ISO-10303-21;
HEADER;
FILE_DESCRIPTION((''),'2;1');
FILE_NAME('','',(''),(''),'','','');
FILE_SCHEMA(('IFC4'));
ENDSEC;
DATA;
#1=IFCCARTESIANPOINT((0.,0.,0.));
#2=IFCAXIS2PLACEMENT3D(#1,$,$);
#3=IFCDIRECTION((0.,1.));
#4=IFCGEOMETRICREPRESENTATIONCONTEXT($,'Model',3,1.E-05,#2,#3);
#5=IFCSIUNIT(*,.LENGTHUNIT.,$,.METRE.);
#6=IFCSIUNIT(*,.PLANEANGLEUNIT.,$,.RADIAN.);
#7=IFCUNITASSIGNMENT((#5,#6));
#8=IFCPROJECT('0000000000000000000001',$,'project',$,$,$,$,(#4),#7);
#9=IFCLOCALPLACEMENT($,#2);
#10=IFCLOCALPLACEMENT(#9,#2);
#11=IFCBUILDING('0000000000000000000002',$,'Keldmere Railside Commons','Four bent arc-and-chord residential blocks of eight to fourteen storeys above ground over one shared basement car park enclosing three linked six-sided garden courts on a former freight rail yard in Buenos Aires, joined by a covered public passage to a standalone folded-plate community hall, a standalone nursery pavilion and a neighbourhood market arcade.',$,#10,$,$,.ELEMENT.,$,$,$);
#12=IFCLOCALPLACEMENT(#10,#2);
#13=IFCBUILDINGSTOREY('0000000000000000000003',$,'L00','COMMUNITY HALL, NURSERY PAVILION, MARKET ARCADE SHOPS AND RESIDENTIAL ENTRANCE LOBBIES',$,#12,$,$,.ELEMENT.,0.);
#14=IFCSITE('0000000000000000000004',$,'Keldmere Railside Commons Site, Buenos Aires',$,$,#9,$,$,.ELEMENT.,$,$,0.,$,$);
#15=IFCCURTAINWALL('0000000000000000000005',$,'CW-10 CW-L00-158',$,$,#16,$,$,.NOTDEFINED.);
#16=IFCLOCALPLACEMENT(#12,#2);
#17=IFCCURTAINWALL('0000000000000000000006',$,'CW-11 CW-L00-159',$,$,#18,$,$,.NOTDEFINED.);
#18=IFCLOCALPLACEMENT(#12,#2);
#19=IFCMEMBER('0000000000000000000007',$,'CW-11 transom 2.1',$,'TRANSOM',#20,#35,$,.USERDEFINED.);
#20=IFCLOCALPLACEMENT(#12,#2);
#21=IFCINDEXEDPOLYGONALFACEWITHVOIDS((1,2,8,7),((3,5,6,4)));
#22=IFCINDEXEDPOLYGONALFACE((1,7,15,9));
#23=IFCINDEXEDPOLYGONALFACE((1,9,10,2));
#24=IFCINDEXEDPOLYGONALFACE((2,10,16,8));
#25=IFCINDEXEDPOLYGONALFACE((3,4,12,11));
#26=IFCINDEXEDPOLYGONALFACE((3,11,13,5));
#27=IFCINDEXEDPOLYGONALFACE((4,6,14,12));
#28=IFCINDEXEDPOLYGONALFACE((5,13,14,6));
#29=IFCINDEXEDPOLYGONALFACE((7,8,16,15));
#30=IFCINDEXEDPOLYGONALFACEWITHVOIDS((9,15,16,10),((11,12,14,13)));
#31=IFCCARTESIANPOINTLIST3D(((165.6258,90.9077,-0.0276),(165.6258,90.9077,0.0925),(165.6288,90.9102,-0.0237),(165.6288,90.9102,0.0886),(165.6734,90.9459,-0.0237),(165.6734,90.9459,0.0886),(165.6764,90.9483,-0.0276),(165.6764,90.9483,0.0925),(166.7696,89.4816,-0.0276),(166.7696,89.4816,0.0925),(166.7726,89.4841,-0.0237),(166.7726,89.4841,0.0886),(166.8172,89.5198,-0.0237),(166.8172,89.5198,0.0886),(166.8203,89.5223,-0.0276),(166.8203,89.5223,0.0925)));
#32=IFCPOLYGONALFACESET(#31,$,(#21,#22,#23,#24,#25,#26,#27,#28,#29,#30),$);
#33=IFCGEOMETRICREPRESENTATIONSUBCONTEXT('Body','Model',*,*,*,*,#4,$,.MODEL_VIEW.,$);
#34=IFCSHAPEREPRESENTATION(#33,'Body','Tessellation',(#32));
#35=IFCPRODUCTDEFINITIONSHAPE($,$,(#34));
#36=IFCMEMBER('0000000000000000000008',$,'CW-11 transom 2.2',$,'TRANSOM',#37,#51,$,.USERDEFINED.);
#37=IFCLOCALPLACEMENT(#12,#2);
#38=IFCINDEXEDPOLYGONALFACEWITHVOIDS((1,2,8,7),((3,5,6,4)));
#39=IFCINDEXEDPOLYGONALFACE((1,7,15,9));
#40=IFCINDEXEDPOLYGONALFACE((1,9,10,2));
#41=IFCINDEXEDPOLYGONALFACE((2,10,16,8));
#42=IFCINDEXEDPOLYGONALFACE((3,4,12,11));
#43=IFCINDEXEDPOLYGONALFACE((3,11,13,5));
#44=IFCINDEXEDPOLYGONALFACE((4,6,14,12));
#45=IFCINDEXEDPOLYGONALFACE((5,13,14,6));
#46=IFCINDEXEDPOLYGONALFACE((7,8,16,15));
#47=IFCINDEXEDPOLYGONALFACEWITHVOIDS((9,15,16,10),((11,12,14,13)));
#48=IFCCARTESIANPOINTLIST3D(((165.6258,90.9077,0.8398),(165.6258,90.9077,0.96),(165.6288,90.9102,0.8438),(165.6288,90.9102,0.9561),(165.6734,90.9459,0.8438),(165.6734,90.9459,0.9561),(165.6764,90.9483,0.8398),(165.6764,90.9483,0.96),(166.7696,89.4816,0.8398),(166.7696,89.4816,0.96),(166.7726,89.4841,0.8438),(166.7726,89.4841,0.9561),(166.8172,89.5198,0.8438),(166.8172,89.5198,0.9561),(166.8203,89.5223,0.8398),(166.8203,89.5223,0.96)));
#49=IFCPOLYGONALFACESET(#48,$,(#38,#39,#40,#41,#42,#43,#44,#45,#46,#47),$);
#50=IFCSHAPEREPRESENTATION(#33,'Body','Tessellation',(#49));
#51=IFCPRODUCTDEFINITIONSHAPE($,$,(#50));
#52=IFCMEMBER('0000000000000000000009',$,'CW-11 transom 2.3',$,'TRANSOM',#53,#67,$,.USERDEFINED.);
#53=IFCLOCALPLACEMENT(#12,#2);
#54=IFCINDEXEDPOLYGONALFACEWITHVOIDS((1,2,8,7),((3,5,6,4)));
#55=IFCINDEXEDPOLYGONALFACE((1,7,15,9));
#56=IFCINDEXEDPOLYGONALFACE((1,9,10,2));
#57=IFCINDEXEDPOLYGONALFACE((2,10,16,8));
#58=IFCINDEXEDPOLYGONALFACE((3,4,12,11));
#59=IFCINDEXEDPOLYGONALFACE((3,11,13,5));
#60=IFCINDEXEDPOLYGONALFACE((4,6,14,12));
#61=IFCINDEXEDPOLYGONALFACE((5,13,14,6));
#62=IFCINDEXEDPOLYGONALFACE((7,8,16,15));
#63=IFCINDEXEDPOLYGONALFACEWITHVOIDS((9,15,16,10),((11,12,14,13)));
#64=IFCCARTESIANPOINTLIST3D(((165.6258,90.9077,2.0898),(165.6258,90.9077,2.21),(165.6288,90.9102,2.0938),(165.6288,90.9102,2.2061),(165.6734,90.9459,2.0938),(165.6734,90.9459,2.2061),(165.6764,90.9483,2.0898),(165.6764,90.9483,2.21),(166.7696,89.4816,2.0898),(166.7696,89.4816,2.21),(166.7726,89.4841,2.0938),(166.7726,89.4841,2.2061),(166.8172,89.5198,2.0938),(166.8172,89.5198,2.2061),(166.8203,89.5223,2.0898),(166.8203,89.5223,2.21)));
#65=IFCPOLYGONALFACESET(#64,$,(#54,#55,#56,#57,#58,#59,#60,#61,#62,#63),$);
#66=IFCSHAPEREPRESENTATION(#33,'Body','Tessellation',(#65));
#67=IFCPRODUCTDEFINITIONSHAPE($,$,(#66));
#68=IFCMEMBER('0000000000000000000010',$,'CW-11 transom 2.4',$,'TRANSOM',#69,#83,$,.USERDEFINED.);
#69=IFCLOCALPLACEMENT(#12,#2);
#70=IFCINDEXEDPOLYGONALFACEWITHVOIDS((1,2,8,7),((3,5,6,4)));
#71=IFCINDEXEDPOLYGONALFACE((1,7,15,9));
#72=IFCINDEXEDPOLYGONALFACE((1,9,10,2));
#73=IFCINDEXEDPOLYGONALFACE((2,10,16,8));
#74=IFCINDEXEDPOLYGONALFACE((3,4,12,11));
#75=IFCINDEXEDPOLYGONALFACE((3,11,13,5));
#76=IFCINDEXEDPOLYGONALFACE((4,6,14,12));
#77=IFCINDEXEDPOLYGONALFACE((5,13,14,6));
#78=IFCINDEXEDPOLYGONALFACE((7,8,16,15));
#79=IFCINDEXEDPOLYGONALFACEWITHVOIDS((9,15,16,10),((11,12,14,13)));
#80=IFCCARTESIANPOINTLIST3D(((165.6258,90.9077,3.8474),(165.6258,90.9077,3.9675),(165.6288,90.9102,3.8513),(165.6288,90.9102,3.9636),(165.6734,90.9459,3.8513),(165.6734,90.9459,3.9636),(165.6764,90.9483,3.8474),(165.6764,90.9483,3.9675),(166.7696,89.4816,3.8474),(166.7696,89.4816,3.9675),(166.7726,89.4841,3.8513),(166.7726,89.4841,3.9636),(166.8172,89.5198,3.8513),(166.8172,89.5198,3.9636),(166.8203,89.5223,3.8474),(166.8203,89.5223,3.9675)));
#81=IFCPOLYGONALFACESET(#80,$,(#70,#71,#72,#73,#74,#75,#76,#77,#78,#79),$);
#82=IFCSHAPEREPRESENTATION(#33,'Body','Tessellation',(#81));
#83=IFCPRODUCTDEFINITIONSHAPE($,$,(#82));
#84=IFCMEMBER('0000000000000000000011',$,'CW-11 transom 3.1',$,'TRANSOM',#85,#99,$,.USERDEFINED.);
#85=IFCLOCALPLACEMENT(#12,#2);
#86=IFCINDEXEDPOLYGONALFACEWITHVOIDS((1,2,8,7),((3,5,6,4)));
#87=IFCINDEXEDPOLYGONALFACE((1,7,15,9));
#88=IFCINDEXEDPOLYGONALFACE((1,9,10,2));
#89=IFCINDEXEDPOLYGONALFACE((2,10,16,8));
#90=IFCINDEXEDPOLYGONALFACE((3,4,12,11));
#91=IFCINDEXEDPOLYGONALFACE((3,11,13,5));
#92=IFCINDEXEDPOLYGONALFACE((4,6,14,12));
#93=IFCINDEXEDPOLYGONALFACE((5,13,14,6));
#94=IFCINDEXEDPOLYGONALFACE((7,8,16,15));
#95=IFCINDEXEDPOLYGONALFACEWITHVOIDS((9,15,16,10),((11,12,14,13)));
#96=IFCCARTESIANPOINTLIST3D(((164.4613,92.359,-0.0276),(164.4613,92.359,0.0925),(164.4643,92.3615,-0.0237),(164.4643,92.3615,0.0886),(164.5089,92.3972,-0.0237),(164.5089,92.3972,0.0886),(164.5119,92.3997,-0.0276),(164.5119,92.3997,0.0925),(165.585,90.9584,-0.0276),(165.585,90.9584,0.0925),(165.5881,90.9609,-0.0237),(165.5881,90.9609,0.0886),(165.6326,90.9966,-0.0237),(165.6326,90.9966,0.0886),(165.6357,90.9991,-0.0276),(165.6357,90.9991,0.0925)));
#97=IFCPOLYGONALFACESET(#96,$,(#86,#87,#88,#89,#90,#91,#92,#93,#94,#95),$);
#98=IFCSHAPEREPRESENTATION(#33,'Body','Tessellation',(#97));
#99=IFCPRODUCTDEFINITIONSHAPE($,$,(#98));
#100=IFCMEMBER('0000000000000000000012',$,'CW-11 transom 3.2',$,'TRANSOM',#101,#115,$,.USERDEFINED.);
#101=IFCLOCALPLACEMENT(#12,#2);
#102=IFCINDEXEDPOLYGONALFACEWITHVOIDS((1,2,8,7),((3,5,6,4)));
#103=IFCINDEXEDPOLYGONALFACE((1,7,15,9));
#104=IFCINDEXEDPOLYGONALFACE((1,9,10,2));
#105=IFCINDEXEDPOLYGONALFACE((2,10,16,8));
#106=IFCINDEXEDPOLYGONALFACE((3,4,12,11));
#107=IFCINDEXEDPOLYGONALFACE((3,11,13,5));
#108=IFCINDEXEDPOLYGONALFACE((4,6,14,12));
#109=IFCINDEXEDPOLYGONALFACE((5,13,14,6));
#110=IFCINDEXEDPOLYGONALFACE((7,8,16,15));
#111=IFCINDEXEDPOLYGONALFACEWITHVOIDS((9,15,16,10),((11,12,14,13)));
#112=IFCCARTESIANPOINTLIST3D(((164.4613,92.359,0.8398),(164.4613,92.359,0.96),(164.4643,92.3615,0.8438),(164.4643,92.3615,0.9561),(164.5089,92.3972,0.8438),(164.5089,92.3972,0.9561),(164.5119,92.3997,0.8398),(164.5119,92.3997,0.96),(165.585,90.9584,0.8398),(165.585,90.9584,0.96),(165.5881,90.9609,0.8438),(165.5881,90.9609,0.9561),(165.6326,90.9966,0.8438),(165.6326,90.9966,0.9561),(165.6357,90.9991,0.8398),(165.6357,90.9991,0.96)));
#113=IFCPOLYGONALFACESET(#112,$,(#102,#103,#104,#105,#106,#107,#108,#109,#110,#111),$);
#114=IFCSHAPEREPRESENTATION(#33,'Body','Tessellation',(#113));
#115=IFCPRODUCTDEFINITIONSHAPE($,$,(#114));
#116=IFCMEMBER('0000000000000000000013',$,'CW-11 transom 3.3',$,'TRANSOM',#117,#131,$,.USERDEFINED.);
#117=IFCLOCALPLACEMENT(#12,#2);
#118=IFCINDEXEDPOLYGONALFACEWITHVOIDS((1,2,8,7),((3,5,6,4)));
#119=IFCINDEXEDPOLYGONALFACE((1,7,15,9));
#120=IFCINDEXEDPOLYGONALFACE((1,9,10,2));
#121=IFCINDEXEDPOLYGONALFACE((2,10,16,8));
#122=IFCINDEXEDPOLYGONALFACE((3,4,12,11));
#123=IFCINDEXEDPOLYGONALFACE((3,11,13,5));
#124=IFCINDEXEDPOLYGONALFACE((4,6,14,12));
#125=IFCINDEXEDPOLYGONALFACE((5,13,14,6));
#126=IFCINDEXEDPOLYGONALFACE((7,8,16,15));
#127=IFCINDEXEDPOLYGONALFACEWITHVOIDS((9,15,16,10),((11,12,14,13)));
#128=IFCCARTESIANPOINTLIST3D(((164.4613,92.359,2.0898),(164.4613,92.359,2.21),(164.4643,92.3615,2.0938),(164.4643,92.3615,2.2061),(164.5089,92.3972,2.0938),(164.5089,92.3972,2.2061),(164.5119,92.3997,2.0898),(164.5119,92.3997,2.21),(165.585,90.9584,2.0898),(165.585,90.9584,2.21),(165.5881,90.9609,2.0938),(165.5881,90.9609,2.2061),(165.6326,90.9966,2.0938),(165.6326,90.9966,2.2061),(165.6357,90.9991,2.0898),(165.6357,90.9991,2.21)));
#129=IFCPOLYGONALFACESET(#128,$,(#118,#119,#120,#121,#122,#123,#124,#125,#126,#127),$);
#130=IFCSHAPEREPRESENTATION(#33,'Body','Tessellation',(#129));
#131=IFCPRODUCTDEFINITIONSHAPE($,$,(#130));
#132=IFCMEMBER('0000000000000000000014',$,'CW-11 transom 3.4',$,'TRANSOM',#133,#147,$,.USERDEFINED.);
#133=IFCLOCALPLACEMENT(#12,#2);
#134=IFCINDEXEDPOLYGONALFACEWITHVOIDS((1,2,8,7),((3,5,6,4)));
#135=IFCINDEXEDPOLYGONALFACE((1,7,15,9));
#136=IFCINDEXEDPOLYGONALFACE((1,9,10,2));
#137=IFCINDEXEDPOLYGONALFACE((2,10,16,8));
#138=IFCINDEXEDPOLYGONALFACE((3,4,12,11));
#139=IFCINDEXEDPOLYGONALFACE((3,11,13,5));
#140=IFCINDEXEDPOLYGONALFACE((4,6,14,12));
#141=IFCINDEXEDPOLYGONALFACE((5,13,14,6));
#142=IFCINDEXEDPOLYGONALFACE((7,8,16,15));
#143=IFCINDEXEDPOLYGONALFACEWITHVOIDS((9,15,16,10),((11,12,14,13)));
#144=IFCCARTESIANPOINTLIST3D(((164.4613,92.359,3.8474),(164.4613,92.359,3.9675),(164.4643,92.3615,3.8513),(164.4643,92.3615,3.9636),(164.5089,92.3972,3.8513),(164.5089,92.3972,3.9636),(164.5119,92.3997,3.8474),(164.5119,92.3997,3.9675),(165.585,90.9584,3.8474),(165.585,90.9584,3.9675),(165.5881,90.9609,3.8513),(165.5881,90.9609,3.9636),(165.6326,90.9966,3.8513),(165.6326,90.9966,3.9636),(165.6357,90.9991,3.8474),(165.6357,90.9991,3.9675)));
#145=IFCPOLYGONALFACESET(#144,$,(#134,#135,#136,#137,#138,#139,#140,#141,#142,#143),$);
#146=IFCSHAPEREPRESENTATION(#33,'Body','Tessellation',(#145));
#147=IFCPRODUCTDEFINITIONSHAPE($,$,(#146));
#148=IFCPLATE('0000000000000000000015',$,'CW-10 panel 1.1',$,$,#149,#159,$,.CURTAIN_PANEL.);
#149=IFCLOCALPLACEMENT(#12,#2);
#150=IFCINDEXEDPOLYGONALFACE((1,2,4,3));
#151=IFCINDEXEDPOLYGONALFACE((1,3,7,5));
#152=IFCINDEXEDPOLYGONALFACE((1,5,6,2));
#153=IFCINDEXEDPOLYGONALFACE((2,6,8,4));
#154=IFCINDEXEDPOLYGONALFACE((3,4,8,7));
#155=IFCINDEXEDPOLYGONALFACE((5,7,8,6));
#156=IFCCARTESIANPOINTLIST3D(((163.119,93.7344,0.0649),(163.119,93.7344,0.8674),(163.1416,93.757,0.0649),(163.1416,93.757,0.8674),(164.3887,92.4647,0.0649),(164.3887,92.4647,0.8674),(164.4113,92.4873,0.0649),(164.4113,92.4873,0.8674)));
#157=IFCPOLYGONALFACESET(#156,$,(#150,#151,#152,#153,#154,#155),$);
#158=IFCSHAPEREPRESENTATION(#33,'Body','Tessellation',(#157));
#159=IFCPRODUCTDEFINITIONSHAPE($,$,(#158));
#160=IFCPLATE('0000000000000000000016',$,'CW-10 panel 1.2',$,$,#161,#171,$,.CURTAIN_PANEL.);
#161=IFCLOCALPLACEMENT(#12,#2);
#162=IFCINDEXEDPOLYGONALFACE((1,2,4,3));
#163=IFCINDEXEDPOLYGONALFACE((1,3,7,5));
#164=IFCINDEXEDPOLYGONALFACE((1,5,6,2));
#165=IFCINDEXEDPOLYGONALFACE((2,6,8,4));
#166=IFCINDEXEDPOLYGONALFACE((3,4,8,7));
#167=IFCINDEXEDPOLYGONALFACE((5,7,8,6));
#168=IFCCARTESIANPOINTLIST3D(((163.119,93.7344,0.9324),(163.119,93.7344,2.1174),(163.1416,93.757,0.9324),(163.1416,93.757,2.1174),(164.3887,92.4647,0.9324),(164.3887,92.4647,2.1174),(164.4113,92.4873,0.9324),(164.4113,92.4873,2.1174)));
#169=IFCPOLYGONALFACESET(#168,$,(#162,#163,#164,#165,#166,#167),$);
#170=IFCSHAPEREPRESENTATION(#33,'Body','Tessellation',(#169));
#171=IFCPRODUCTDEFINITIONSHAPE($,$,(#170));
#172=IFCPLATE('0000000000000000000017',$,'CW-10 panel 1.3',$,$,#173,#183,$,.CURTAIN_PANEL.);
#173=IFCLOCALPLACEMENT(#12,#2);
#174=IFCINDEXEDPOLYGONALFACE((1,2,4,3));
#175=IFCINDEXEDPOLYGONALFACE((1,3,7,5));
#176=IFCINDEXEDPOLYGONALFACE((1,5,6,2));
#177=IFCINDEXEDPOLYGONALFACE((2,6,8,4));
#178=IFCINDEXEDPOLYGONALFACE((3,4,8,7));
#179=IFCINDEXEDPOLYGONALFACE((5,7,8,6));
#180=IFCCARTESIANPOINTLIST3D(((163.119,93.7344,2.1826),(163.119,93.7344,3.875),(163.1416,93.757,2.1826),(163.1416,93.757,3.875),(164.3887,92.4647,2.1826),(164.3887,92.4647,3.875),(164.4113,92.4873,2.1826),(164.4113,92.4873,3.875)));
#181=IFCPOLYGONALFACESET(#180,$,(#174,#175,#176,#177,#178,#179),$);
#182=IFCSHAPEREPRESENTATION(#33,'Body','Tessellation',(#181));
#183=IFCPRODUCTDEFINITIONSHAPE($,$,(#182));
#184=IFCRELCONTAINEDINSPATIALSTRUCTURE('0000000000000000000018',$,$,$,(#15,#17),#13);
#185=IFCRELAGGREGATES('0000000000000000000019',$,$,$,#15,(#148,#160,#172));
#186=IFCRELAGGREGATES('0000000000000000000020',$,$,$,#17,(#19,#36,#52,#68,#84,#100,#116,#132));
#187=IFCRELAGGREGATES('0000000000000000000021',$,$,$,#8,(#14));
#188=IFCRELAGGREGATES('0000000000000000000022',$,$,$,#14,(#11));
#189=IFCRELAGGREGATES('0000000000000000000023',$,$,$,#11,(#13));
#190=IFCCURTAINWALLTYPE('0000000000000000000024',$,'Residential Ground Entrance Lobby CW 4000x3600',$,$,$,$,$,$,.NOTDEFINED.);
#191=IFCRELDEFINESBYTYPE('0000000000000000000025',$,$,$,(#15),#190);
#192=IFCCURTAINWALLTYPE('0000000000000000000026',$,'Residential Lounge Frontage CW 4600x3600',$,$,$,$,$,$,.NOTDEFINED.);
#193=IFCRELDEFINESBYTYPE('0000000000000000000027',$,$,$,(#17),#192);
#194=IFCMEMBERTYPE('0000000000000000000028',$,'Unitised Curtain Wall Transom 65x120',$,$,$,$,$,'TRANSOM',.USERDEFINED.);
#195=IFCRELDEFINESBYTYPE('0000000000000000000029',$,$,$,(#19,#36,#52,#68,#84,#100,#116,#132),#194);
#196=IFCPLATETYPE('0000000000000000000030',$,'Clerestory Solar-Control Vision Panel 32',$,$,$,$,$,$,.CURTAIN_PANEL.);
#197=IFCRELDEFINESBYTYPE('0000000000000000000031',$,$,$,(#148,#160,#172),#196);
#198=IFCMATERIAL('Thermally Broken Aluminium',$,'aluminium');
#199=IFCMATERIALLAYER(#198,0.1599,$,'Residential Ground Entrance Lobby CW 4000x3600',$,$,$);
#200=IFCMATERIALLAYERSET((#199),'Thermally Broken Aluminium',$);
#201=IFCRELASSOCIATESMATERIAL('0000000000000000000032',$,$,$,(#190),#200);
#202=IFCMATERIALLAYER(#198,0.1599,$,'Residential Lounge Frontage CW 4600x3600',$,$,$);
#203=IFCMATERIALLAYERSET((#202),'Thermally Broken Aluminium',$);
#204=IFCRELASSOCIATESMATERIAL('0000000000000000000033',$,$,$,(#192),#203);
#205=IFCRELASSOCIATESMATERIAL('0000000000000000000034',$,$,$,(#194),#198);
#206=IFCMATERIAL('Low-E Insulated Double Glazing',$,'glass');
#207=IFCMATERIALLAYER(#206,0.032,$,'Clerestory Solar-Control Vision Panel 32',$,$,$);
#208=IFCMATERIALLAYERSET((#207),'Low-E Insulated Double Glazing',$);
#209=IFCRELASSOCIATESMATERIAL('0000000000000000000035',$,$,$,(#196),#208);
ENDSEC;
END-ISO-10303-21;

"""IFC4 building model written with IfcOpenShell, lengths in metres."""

from ifc_helpers import new_model, si_unit, direction, frame, origin, origin_2d, place, context, subcontext, project, spatial, rectangle, hollow_rectangle, extrude, material, layer, layer_set, material_profile, profile_set, type_object, element, aggregate, save


model = new_model("IFC4")

# Units and contexts
model_context = context("Model", 3, precision=1e-05, world=origin(), true_north=direction((0.0, 1.0)))
body_context = subcontext(model_context, "Body", "Model", "MODEL_VIEW")
ifc_project = project(units=[si_unit("LENGTHUNIT", "METRE"), si_unit("PLANEANGLEUNIT", "RADIAN")], contexts=[model_context])

# Site, building, storey
site_placement = place(None, origin())
site = spatial("IfcSite", under=ifc_project, at=site_placement, Name="Keldmere Railside Commons Site, Buenos Aires", CompositionType="ELEMENT", RefElevation=0.0)
building_placement = place(site_placement, origin())
building = spatial("IfcBuilding", under=site, at=building_placement, Name="Keldmere Railside Commons", Description="Four bent arc-and-chord residential blocks of eight to fourteen storeys above ground over one shared basement car park enclosing three linked six-sided garden courts on a former freight rail yard in Buenos Aires, joined by a covered public passage to a standalone folded-plate community hall, a standalone nursery pavilion and a neighbourhood market arcade.", CompositionType="ELEMENT")
storey_placement = place(building_placement, origin())
storey = spatial("IfcBuildingStorey", under=building, at=storey_placement, Name="L00", Description="COMMUNITY HALL, NURSERY PAVILION, MARKET ARCADE SHOPS AND RESIDENTIAL ENTRANCE LOBBIES", CompositionType="ELEMENT", Elevation=0.0)

# Curtain walls
ifc_material_1 = material(Name="Thermally Broken Aluminium", Category="aluminium")
ifc_layer_1 = layer(ifc_material_1, 0.1599, Name="Residential Ground Entrance Lobby CW 4000x3600")
ifc_layer_set_1 = layer_set([ifc_layer_1], Name="Thermally Broken Aluminium")
curtain_wall_type_1 = type_object("IfcCurtainWallType", Name="Residential Ground Entrance Lobby CW 4000x3600", PredefinedType="NOTDEFINED", material=ifc_layer_set_1)
curtain_wall_1_placement = place(storey_placement, origin())
curtain_wall_1 = element("IfcCurtainWall", 1, at=curtain_wall_1_placement, inside=storey, type_object=curtain_wall_type_1, Name="CW-10 CW-L00-158", PredefinedType="NOTDEFINED")
ifc_layer_2 = layer(ifc_material_1, 0.1599, Name="Residential Lounge Frontage CW 4600x3600")
ifc_layer_set_2 = layer_set([ifc_layer_2], Name="Thermally Broken Aluminium")
curtain_wall_type_2 = type_object("IfcCurtainWallType", Name="Residential Lounge Frontage CW 4600x3600", PredefinedType="NOTDEFINED", material=ifc_layer_set_2)
curtain_wall_2_placement = place(storey_placement, origin())
curtain_wall_2 = element("IfcCurtainWall", 2, at=curtain_wall_2_placement, inside=storey, type_object=curtain_wall_type_2, Name="CW-11 CW-L00-159", PredefinedType="NOTDEFINED")

# Members
ifc_material_profile_1 = material_profile(ifc_material_1, hollow_rectangle(XDim=0.0649, YDim=0.1201, WallThickness=0.0039, at=origin_2d()), Name="ALU-TRAN-65x120")
ifc_profile_set_1 = profile_set([ifc_material_profile_1], Name="Thermally Broken Aluminium")
member_type_1 = type_object("IfcMemberType", Name="Unitised Curtain Wall Transom 65x120", ElementType="TRANSOM", PredefinedType="USERDEFINED", material=ifc_profile_set_1)
member_1_placement = place(storey_placement, frame((166.7949, 89.502, 0.0325), z_axis=(-0.625688, 0.780073, 0.0), x_axis=(-0.780073, -0.625688, 0.0)))
member_1 = element("IfcMember", 3, at=member_1_placement, type_object=member_type_1, Name="CW-11 transom 2.1", ObjectType="TRANSOM", PredefinedType="USERDEFINED", context=body_context, shape_type="SweptSolid", body=[
    extrude(hollow_rectangle(XDim=0.0649, YDim=0.1201, WallThickness=0.0039, at=origin_2d()), origin(), (0.0, 0.0, 1.0), 1.8281),
])
member_2_placement = place(storey_placement, frame((166.7949, 89.502, 0.8999), z_axis=(-0.625688, 0.780073, 0.0), x_axis=(-0.780073, -0.625688, 0.0)))
member_2 = element("IfcMember", 4, at=member_2_placement, type_object=member_type_1, Name="CW-11 transom 2.2", ObjectType="TRANSOM", PredefinedType="USERDEFINED", context=body_context, shape_type="SweptSolid", body=[
    extrude(hollow_rectangle(XDim=0.0649, YDim=0.1201, WallThickness=0.0039, at=origin_2d()), origin(), (0.0, 0.0, 1.0), 1.8281),
])
member_3_placement = place(storey_placement, frame((166.7949, 89.502, 2.1499), z_axis=(-0.625688, 0.780073, 0.0), x_axis=(-0.780073, -0.625688, 0.0)))
member_3 = element("IfcMember", 5, at=member_3_placement, type_object=member_type_1, Name="CW-11 transom 2.3", ObjectType="TRANSOM", PredefinedType="USERDEFINED", context=body_context, shape_type="SweptSolid", body=[
    extrude(hollow_rectangle(XDim=0.0649, YDim=0.1201, WallThickness=0.0039, at=origin_2d()), origin(), (0.0, 0.0, 1.0), 1.8281),
])
member_4_placement = place(storey_placement, frame((166.7949, 89.502, 3.9075), z_axis=(-0.625688, 0.780073, 0.0), x_axis=(-0.780073, -0.625688, 0.0)))
member_4 = element("IfcMember", 6, at=member_4_placement, type_object=member_type_1, Name="CW-11 transom 2.4", ObjectType="TRANSOM", PredefinedType="USERDEFINED", context=body_context, shape_type="SweptSolid", body=[
    extrude(hollow_rectangle(XDim=0.0649, YDim=0.1201, WallThickness=0.0039, at=origin_2d()), origin(), (0.0, 0.0, 1.0), 1.8281),
])
member_5_placement = place(storey_placement, frame((165.6104, 90.9788, 0.0325), z_axis=(-0.625805, 0.779979, 0.0), x_axis=(-0.779979, -0.625805, 0.0)))
member_5 = element("IfcMember", 7, at=member_5_placement, type_object=member_type_1, Name="CW-11 transom 3.1", ObjectType="TRANSOM", PredefinedType="USERDEFINED", context=body_context, shape_type="SweptSolid", body=[
    extrude(hollow_rectangle(XDim=0.0649, YDim=0.1201, WallThickness=0.0039, at=origin_2d()), origin(), (0.0, 0.0, 1.0), 1.7957),
])
member_6_placement = place(storey_placement, frame((165.6104, 90.9788, 0.8999), z_axis=(-0.625805, 0.779979, 0.0), x_axis=(-0.779979, -0.625805, 0.0)))
member_6 = element("IfcMember", 8, at=member_6_placement, type_object=member_type_1, Name="CW-11 transom 3.2", ObjectType="TRANSOM", PredefinedType="USERDEFINED", context=body_context, shape_type="SweptSolid", body=[
    extrude(hollow_rectangle(XDim=0.0649, YDim=0.1201, WallThickness=0.0039, at=origin_2d()), origin(), (0.0, 0.0, 1.0), 1.7957),
])
member_7_placement = place(storey_placement, frame((165.6104, 90.9788, 2.1499), z_axis=(-0.625805, 0.779979, 0.0), x_axis=(-0.779979, -0.625805, 0.0)))
member_7 = element("IfcMember", 9, at=member_7_placement, type_object=member_type_1, Name="CW-11 transom 3.3", ObjectType="TRANSOM", PredefinedType="USERDEFINED", context=body_context, shape_type="SweptSolid", body=[
    extrude(hollow_rectangle(XDim=0.0649, YDim=0.1201, WallThickness=0.0039, at=origin_2d()), origin(), (0.0, 0.0, 1.0), 1.7957),
])
member_8_placement = place(storey_placement, frame((165.6104, 90.9788, 3.9075), z_axis=(-0.625805, 0.779979, 0.0), x_axis=(-0.779979, -0.625805, 0.0)))
member_8 = element("IfcMember", 10, at=member_8_placement, type_object=member_type_1, Name="CW-11 transom 3.4", ObjectType="TRANSOM", PredefinedType="USERDEFINED", context=body_context, shape_type="SweptSolid", body=[
    extrude(hollow_rectangle(XDim=0.0649, YDim=0.1201, WallThickness=0.0039, at=origin_2d()), origin(), (0.0, 0.0, 1.0), 1.7957),
])

# Plates
ifc_material_2 = material(Name="Low-E Insulated Double Glazing", Category="glass")
ifc_layer_3 = layer(ifc_material_2, 0.032, Name="Clerestory Solar-Control Vision Panel 32")
ifc_layer_set_3 = layer_set([ifc_layer_3], Name="Low-E Insulated Double Glazing")
plate_type_1 = type_object("IfcPlateType", Name="Clerestory Solar-Control Vision Panel 32", PredefinedType="CURTAIN_PANEL", material=ifc_layer_set_3)
plate_1_placement = place(storey_placement, frame((163.7651, 93.1108, 0.0649), z_axis=(0.0, 0.0, 1.0), x_axis=(-0.707107, 0.707107, 0.0)))
plate_1 = element("IfcPlate", 11, at=plate_1_placement, type_object=plate_type_1, Name="CW-10 panel 1.1", PredefinedType="CURTAIN_PANEL", context=body_context, shape_type="SweptSolid", body=[
    extrude(rectangle(XDim=1.7957, YDim=0.032, at=origin_2d()), origin(), (0.0, 0.0, 1.0), 0.8025),
])
plate_2_placement = place(storey_placement, frame((163.7651, 93.1108, 0.9324), z_axis=(0.0, 0.0, 1.0), x_axis=(-0.707107, 0.707107, 0.0)))
plate_2 = element("IfcPlate", 12, at=plate_2_placement, type_object=plate_type_1, Name="CW-10 panel 1.2", PredefinedType="CURTAIN_PANEL", context=body_context, shape_type="SweptSolid", body=[
    extrude(rectangle(XDim=1.7957, YDim=0.032, at=origin_2d()), origin(), (0.0, 0.0, 1.0), 1.1851),
])
plate_3_placement = place(storey_placement, frame((163.7651, 93.1108, 2.1826), z_axis=(0.0, 0.0, 1.0), x_axis=(-0.707107, 0.707107, 0.0)))
plate_3 = element("IfcPlate", 13, at=plate_3_placement, type_object=plate_type_1, Name="CW-10 panel 1.3", PredefinedType="CURTAIN_PANEL", context=body_context, shape_type="SweptSolid", body=[
    extrude(rectangle(XDim=1.7957, YDim=0.032, at=origin_2d()), origin(), (0.0, 0.0, 1.0), 1.6924),
])
aggregate(curtain_wall_1, [plate_1, plate_2, plate_3])
aggregate(curtain_wall_2, [member_1, member_2, member_3, member_4, member_5, member_6, member_7, member_8])

save(model, "model.ifc")
